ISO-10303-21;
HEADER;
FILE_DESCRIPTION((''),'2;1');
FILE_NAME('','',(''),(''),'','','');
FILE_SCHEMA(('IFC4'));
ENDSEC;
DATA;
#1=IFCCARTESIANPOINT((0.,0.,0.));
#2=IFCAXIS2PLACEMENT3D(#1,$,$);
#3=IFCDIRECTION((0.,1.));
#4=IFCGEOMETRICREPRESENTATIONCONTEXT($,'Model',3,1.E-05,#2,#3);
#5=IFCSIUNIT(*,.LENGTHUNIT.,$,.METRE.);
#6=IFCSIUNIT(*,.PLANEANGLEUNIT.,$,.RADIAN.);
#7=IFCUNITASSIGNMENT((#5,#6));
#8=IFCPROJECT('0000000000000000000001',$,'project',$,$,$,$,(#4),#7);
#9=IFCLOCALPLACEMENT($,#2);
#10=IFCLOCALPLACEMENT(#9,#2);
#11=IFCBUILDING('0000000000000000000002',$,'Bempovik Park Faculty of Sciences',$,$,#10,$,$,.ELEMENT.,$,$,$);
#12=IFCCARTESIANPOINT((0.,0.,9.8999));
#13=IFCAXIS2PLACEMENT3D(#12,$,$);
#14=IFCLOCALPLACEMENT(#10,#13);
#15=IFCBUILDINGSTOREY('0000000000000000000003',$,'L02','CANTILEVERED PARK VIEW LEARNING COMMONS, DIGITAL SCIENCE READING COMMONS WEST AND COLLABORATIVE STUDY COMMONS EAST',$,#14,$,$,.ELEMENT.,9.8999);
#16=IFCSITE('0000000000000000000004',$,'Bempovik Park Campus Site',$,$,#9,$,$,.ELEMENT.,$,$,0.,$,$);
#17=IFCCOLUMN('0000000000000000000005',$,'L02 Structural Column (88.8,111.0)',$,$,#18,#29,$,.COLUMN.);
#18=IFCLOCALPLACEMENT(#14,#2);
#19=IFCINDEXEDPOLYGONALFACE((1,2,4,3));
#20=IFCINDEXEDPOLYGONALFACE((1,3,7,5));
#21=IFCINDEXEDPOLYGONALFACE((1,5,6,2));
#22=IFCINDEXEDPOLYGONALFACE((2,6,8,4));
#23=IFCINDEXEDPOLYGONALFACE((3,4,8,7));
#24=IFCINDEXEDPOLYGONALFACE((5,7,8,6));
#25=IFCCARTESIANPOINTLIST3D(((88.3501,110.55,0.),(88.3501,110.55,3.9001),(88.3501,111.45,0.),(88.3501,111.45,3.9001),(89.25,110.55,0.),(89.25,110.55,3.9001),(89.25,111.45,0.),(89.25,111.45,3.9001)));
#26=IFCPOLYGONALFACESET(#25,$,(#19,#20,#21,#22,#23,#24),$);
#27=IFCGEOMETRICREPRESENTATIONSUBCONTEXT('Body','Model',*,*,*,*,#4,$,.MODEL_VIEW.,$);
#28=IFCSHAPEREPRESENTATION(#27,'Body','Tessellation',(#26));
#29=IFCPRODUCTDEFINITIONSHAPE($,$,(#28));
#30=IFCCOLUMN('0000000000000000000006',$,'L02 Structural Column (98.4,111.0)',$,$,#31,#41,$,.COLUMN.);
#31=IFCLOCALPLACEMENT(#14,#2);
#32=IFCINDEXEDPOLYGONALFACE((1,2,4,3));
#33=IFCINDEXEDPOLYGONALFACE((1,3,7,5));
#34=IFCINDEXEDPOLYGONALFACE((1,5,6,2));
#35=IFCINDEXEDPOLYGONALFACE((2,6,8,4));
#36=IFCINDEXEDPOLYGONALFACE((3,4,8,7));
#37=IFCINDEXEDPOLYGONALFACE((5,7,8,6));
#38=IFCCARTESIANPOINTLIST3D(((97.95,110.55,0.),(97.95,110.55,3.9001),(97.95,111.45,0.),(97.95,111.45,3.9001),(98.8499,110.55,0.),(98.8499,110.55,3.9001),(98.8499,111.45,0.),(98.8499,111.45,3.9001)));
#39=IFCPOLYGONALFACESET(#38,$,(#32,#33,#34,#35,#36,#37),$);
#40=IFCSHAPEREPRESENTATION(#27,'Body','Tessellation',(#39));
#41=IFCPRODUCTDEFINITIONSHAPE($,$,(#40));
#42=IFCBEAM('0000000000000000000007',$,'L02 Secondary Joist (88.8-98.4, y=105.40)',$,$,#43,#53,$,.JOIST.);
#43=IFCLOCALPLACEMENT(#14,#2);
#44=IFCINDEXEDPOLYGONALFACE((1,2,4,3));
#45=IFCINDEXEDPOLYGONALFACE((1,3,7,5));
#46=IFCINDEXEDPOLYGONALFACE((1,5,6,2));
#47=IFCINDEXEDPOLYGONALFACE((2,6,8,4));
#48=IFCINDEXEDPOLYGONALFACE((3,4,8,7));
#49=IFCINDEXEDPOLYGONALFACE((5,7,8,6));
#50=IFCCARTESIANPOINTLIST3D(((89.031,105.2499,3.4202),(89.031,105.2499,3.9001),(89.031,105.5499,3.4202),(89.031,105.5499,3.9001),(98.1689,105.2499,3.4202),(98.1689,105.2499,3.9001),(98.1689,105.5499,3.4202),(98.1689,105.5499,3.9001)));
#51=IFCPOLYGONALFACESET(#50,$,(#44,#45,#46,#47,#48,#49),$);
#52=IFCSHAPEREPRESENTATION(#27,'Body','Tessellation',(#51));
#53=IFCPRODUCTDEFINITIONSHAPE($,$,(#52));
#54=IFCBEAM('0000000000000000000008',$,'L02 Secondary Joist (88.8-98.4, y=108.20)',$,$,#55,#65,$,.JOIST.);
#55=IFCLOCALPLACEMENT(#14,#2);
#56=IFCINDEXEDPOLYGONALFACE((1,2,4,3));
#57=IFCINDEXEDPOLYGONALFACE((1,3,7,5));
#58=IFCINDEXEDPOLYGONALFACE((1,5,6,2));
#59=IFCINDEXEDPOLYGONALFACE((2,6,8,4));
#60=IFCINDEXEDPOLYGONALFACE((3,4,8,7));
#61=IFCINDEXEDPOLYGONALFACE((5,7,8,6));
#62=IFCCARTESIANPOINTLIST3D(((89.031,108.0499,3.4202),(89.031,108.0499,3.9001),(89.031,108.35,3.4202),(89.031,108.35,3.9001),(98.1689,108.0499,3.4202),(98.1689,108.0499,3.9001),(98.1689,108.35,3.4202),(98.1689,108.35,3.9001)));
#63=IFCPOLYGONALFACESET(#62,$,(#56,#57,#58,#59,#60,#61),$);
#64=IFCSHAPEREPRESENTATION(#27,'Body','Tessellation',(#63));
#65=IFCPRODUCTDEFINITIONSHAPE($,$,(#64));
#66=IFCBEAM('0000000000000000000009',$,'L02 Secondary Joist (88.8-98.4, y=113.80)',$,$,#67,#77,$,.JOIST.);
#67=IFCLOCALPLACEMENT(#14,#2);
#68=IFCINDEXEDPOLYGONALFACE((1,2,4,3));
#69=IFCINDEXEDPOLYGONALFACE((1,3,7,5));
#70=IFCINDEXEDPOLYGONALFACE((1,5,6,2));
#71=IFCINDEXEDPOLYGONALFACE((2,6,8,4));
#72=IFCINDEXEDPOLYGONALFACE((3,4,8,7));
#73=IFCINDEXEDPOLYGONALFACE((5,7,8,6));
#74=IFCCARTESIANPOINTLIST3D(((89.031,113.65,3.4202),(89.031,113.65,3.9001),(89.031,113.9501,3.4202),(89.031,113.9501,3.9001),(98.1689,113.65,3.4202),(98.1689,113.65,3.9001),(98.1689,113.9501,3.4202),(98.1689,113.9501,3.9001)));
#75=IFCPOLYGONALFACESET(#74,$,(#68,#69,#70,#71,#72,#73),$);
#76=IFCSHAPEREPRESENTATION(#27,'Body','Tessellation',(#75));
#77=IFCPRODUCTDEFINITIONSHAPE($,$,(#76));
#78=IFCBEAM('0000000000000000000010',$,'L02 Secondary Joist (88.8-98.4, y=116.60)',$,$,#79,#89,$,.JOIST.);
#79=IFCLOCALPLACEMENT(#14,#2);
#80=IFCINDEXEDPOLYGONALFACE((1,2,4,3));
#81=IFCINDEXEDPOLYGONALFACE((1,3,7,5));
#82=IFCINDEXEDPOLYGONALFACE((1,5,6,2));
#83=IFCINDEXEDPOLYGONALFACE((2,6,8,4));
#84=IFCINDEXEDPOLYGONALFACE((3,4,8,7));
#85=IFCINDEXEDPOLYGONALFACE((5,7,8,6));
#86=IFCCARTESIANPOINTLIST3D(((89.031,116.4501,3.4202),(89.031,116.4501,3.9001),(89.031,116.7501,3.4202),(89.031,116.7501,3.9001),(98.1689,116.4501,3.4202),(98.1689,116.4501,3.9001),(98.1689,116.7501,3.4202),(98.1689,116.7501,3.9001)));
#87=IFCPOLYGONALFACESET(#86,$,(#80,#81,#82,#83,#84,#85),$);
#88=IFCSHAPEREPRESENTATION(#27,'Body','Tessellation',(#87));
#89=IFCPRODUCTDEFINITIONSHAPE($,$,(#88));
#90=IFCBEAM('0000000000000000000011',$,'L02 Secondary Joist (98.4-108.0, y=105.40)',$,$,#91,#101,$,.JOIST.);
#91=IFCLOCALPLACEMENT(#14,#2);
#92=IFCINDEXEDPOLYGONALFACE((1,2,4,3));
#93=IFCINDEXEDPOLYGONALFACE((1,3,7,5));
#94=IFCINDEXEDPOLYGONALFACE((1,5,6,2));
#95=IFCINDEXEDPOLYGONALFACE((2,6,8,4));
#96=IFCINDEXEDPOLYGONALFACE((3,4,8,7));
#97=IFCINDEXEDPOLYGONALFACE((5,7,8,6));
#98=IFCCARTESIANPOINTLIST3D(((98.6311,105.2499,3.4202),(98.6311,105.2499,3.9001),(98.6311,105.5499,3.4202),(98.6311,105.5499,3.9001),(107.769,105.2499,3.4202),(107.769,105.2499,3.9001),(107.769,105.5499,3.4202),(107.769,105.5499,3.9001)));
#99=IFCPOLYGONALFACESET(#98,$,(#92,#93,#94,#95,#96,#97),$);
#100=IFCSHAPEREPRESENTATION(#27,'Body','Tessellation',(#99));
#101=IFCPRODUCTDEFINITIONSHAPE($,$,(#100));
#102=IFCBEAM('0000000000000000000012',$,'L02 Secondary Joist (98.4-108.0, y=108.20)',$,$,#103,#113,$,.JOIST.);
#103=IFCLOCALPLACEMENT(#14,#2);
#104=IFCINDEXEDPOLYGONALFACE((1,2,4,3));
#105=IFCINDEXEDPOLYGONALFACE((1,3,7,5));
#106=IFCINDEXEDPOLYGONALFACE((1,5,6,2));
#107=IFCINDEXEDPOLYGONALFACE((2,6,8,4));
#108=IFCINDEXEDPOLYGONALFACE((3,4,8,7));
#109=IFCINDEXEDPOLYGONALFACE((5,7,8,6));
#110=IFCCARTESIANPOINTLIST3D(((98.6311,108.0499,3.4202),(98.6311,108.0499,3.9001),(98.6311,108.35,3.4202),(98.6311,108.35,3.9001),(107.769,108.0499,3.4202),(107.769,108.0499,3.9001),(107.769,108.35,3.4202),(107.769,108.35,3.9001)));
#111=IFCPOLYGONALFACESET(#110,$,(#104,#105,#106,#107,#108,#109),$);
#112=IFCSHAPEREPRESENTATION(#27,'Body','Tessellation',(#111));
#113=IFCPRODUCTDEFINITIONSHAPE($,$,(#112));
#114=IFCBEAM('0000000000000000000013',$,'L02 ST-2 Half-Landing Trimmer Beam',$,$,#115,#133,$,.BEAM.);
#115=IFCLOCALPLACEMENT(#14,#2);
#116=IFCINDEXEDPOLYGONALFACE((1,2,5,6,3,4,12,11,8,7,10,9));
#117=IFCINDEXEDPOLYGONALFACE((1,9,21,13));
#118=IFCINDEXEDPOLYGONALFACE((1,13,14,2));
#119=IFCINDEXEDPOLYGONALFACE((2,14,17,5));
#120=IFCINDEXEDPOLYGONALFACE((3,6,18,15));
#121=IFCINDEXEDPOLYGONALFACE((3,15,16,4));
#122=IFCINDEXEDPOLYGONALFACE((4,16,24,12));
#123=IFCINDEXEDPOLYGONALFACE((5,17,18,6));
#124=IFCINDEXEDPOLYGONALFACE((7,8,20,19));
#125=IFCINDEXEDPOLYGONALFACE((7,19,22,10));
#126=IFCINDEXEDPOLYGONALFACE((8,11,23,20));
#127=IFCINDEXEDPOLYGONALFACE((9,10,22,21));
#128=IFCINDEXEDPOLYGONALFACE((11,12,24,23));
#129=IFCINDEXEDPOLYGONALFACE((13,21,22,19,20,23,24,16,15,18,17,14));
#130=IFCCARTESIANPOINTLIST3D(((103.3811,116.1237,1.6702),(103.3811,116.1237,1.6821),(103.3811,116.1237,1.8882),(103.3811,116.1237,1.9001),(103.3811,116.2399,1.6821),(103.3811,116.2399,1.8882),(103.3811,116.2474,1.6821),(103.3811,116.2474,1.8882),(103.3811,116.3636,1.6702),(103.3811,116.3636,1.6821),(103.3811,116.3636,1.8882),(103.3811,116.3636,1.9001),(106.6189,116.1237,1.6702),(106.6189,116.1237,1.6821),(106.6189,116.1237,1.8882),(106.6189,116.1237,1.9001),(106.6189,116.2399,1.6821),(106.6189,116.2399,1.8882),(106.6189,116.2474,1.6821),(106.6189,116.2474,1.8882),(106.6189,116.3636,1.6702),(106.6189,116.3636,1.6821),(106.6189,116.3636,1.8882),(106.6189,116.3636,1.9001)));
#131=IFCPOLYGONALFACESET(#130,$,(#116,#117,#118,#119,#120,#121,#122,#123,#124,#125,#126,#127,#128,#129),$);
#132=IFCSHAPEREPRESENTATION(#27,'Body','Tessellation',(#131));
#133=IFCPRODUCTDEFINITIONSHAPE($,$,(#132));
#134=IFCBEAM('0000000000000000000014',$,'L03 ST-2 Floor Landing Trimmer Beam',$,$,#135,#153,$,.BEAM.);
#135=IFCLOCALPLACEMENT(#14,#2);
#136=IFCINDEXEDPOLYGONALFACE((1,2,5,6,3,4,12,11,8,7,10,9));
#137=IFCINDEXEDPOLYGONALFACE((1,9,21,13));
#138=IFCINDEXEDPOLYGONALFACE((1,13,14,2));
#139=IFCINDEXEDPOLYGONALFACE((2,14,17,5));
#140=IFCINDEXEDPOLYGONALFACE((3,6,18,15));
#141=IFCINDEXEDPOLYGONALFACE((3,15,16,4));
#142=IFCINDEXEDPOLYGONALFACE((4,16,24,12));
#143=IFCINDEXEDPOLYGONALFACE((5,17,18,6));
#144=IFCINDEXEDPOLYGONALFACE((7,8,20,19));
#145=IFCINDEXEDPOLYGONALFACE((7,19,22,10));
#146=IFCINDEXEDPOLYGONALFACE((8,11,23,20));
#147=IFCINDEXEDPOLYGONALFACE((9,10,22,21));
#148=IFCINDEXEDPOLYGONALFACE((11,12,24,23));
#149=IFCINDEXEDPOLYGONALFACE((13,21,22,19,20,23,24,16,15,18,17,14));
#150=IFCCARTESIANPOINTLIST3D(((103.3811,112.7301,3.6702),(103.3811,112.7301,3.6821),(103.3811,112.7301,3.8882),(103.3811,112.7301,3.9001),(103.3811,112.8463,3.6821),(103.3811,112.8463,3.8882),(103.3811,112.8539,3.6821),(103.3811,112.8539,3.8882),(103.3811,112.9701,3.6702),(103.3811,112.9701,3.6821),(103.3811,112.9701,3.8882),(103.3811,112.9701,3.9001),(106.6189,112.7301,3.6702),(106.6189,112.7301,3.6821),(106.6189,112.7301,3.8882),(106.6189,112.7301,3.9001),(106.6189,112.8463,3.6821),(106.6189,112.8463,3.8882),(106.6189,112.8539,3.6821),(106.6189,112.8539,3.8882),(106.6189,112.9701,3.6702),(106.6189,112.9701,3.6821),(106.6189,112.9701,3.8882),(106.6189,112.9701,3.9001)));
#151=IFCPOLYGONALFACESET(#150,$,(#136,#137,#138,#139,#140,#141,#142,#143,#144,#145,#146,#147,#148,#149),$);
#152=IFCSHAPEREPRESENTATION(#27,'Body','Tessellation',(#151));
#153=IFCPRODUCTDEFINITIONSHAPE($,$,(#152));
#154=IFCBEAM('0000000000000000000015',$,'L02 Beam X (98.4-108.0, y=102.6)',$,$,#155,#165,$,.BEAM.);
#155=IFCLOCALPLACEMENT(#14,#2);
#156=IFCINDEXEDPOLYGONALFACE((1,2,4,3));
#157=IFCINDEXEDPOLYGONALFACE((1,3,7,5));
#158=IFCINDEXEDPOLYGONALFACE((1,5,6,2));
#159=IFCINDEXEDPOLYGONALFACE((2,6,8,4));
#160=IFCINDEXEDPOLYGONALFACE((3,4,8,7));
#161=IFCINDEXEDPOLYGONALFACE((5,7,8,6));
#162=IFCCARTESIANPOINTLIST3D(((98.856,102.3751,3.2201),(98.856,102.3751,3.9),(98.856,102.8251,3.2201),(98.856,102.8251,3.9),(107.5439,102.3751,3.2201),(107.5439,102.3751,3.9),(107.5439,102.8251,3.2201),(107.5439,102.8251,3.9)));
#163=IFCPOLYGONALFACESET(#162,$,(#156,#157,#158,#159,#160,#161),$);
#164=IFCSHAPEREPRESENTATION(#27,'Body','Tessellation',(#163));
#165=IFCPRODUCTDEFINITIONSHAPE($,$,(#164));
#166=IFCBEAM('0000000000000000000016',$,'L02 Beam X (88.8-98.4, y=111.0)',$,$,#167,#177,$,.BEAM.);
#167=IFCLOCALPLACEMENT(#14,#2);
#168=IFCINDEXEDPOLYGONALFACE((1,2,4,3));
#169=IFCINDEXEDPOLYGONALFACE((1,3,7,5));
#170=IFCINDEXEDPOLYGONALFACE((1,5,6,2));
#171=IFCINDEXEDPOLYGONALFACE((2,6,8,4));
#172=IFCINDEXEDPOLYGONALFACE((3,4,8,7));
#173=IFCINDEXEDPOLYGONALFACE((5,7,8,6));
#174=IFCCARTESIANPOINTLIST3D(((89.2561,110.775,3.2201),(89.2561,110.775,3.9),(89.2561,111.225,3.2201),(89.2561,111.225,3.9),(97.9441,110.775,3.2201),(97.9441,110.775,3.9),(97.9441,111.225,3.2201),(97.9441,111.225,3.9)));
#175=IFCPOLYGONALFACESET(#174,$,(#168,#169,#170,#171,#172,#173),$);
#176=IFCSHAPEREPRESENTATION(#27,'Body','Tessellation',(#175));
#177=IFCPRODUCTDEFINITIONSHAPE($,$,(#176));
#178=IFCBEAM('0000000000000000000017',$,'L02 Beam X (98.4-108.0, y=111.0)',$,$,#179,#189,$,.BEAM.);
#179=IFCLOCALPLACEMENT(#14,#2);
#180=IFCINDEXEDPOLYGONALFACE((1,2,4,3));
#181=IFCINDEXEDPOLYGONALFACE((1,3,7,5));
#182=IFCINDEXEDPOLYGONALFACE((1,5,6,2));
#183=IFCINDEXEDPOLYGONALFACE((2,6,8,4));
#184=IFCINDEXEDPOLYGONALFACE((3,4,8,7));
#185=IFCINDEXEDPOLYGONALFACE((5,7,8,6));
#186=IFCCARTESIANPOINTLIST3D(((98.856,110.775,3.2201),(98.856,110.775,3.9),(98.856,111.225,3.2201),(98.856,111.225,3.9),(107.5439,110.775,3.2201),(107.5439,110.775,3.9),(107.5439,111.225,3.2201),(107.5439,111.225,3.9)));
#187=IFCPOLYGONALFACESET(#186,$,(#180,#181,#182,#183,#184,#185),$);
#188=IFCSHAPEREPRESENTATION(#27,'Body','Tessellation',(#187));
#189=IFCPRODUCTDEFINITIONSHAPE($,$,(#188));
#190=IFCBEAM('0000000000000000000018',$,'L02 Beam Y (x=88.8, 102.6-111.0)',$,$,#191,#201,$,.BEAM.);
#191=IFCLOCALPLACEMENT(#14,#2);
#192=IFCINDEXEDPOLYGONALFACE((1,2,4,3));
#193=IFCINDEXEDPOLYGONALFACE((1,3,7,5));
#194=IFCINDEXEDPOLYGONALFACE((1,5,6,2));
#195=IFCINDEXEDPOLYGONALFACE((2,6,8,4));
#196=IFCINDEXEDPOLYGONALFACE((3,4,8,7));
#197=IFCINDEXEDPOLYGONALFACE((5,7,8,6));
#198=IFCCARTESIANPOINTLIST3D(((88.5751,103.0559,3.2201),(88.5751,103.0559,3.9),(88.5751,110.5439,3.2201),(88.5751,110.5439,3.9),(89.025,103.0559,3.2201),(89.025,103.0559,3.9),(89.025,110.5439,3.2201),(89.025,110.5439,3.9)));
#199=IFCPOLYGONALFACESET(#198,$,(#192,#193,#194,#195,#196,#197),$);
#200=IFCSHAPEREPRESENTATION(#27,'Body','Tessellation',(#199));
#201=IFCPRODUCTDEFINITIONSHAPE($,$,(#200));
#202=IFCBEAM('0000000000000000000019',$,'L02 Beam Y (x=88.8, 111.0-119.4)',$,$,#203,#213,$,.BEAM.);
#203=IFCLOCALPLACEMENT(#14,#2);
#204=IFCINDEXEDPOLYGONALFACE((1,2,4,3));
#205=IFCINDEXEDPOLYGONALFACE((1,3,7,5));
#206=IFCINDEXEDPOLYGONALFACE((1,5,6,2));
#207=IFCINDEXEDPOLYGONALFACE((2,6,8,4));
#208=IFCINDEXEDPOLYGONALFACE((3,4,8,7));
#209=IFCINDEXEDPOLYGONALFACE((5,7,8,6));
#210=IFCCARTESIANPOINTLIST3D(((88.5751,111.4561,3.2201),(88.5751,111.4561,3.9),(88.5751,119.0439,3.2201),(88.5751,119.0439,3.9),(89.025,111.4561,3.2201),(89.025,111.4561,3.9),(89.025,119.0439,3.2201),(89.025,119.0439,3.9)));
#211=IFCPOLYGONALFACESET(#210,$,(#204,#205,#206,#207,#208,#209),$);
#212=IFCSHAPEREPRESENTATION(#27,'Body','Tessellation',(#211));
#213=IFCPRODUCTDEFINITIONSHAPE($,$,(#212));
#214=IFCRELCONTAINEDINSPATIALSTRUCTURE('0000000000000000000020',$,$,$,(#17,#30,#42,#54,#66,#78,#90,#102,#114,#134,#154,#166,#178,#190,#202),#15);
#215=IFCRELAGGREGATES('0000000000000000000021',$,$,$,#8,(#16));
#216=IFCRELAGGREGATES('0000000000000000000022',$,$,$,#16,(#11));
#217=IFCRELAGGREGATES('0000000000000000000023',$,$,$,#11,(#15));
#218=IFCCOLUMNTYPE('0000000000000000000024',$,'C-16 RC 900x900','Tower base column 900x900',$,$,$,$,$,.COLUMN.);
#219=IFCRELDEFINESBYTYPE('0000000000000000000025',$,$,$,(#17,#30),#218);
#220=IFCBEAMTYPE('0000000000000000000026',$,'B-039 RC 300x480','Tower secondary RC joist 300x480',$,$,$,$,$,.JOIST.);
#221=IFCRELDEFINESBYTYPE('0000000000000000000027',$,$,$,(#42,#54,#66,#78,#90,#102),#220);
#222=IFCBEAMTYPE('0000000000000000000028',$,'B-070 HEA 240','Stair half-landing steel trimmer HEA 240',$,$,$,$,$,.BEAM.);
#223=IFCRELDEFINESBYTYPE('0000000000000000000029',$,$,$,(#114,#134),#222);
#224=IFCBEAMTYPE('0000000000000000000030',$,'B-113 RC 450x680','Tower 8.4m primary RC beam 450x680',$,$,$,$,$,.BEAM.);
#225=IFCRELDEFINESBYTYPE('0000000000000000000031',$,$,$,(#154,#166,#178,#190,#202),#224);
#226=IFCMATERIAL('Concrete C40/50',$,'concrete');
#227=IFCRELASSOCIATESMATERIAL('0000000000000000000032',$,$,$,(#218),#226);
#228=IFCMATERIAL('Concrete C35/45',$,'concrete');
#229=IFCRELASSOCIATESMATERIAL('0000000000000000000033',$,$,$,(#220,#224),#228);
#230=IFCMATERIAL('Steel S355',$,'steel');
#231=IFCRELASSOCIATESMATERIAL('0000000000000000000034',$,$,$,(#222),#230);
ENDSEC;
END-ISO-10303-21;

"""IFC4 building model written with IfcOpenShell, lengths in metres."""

from ifc_helpers import new_model, si_unit, direction, frame, origin, origin_2d, place, context, subcontext, project, spatial, rectangle, i_section, extrude, material, material_profile, profile_set, type_object, element, save


model = new_model("IFC4")

# Units and contexts
model_context = context("Model", 3, precision=1e-05, world=origin(), true_north=direction((0.0, 1.0)))
body_context = subcontext(model_context, "Body", "Model", "MODEL_VIEW")
ifc_project = project(units=[si_unit("LENGTHUNIT", "METRE"), si_unit("PLANEANGLEUNIT", "RADIAN")], contexts=[model_context])

# Site, building, storey
site_placement = place(None, origin())
site = spatial("IfcSite", under=ifc_project, at=site_placement, Name="Bempovik Park Campus Site", CompositionType="ELEMENT", RefElevation=0.0)
building_placement = place(site_placement, origin())
building = spatial("IfcBuilding", under=site, at=building_placement, Name="Bempovik Park Faculty of Sciences", CompositionType="ELEMENT")
storey_placement = place(building_placement, frame((0.0, 0.0, 9.8999)))
storey = spatial("IfcBuildingStorey", under=building, at=storey_placement, Name="L02", Description="CANTILEVERED PARK VIEW LEARNING COMMONS, DIGITAL SCIENCE READING COMMONS WEST AND COLLABORATIVE STUDY COMMONS EAST", CompositionType="ELEMENT", Elevation=9.8999)

# Columns
ifc_material_1 = material(Name="Concrete C40/50", Category="concrete")
ifc_material_profile_1 = material_profile(ifc_material_1, rectangle(XDim=0.8999, YDim=0.8999, at=origin_2d()), Name="RC 900x900")
ifc_profile_set_1 = profile_set([ifc_material_profile_1], Name="Concrete C40/50")
column_type = type_object("IfcColumnType", Name="C-16 RC 900x900", Description="Tower base column 900x900", PredefinedType="COLUMN", material=ifc_profile_set_1)
for number, where, z_axis, x_axis, name in (
    (1, (88.8, 111.0, 0.0), (0.0, 0.0, 1.0), (1.0, 0.0, 0.0), "L02 Structural Column (88.8,111.0)"),
    (2, (98.3999, 111.0, 0.0), (0.0, 0.0, 1.0), (1.0, 0.0, 0.0), "L02 Structural Column (98.4,111.0)"),
):
    element("IfcColumn", number, at=place(storey_placement, frame(where, z_axis=z_axis, x_axis=x_axis)), inside=storey, type_object=column_type, Name=name, PredefinedType="COLUMN", context=body_context, shape_type="SweptSolid", body=[
        extrude(rectangle(XDim=0.8999, YDim=0.8999, at=origin_2d()), origin(), (0.0, 0.0, 1.0), 3.9001),
    ])

# Beams
ifc_material_2 = material(Name="Concrete C35/45", Category="concrete")
ifc_material_profile_2 = material_profile(ifc_material_2, rectangle(XDim=0.3, YDim=0.48, at=origin_2d()), Name="RC 300x480")
ifc_profile_set_2 = profile_set([ifc_material_profile_2], Name="Concrete C35/45")
beam_type_1 = type_object("IfcBeamType", Name="B-039 RC 300x480", Description="Tower secondary RC joist 300x480", PredefinedType="JOIST", material=ifc_profile_set_2)
for number, where, z_axis, x_axis, name in (
    (3, (89.031, 105.3999, 3.6602), (1.0, 0.0, 0.0), (0.0, 1.0, 0.0), "L02 Secondary Joist (88.8-98.4, y=105.40)"),
    (4, (89.031, 108.2, 3.6602), (1.0, 0.0, 0.0), (0.0, 1.0, 0.0), "L02 Secondary Joist (88.8-98.4, y=108.20)"),
    (5, (89.031, 113.8, 3.6602), (1.0, 0.0, 0.0), (0.0, 1.0, 0.0), "L02 Secondary Joist (88.8-98.4, y=113.80)"),
    (6, (89.031, 116.6001, 3.6602), (1.0, 0.0, 0.0), (0.0, 1.0, 0.0), "L02 Secondary Joist (88.8-98.4, y=116.60)"),
    (7, (98.6311, 105.3999, 3.6602), (1.0, 0.0, 0.0), (0.0, 1.0, 0.0), "L02 Secondary Joist (98.4-108.0, y=105.40)"),
    (8, (98.6311, 108.2, 3.6602), (1.0, 0.0, 0.0), (0.0, 1.0, 0.0), "L02 Secondary Joist (98.4-108.0, y=108.20)"),
):
    element("IfcBeam", number, at=place(storey_placement, frame(where, z_axis=z_axis, x_axis=x_axis)), inside=storey, type_object=beam_type_1, Name=name, PredefinedType="JOIST", context=body_context, shape_type="SweptSolid", body=[
        extrude(rectangle(XDim=0.3, YDim=0.48, at=origin_2d()), origin(), (0.0, 0.0, 1.0), 9.1379),
    ])
ifc_material_3 = material(Name="Steel S355", Category="steel")
ifc_material_profile_3 = material_profile(ifc_material_3, i_section(OverallWidth=0.24, OverallDepth=0.23, WebThickness=0.0076, FlangeThickness=0.012, at=origin_2d()), Name="HEA 240")
ifc_profile_set_3 = profile_set([ifc_material_profile_3], Name="Steel S355")
beam_type_2 = type_object("IfcBeamType", Name="B-070 HEA 240", Description="Stair half-landing steel trimmer HEA 240", PredefinedType="BEAM", material=ifc_profile_set_3)
for number, where, z_axis, x_axis, name in (
    (9, (103.3811, 116.2437, 1.7852), (1.0, 0.0, 0.0), (0.0, 1.0, 0.0), "L02 ST-2 Half-Landing Trimmer Beam"),
    (10, (103.3811, 112.8501, 3.7852), (1.0, 0.0, 0.0), (0.0, 1.0, 0.0), "L03 ST-2 Floor Landing Trimmer Beam"),
):
    element("IfcBeam", number, at=place(storey_placement, frame(where, z_axis=z_axis, x_axis=x_axis)), inside=storey, type_object=beam_type_2, Name=name, PredefinedType="BEAM", context=body_context, shape_type="SweptSolid", body=[
        extrude(i_section(OverallWidth=0.24, OverallDepth=0.23, WebThickness=0.0076, FlangeThickness=0.012, at=origin_2d()), origin(), (0.0, 0.0, 1.0), 3.2378),
    ])
ifc_material_profile_4 = material_profile(ifc_material_2, rectangle(XDim=0.45, YDim=0.6799, at=origin_2d()), Name="RC 450x680")
ifc_profile_set_4 = profile_set([ifc_material_profile_4], Name="Concrete C35/45")
beam_type_3 = type_object("IfcBeamType", Name="B-113 RC 450x680", Description="Tower 8.4m primary RC beam 450x680", PredefinedType="BEAM", material=ifc_profile_set_4)
for number, where, z_axis, x_axis, name in (
    (11, (98.856, 102.6001, 3.5601), (1.0, 0.0, 0.0), (0.0, 1.0, 0.0), "L02 Beam X (98.4-108.0, y=102.6)"),
    (12, (89.2561, 111.0, 3.5601), (1.0, 0.0, 0.0), (0.0, 1.0, 0.0), "L02 Beam X (88.8-98.4, y=111.0)"),
    (13, (98.856, 111.0, 3.5601), (1.0, 0.0, 0.0), (0.0, 1.0, 0.0), "L02 Beam X (98.4-108.0, y=111.0)"),
):
    element("IfcBeam", number, at=place(storey_placement, frame(where, z_axis=z_axis, x_axis=x_axis)), inside=storey, type_object=beam_type_3, Name=name, PredefinedType="BEAM", context=body_context, shape_type="SweptSolid", body=[
        extrude(rectangle(XDim=0.45, YDim=0.6799, at=origin_2d()), origin(), (0.0, 0.0, 1.0), 8.688),
    ])
beam_1_placement = place(storey_placement, frame((88.8, 103.0559, 3.5601), z_axis=(0.0, 1.0, 0.0), x_axis=(-1.0, 0.0, 0.0)))
element("IfcBeam", 14, at=beam_1_placement, inside=storey, type_object=beam_type_3, Name="L02 Beam Y (x=88.8, 102.6-111.0)", PredefinedType="BEAM", context=body_context, shape_type="SweptSolid", body=[
    extrude(rectangle(XDim=0.45, YDim=0.6799, at=origin_2d()), origin(), (0.0, 0.0, 1.0), 7.488),
])
beam_2_placement = place(storey_placement, frame((88.8, 111.4561, 3.5601), z_axis=(0.0, 1.0, 0.0), x_axis=(-1.0, 0.0, 0.0)))
element("IfcBeam", 15, at=beam_2_placement, inside=storey, type_object=beam_type_3, Name="L02 Beam Y (x=88.8, 111.0-119.4)", PredefinedType="BEAM", context=body_context, shape_type="SweptSolid", body=[
    extrude(rectangle(XDim=0.45, YDim=0.6799, at=origin_2d()), origin(), (0.0, 0.0, 1.0), 7.5879),
])

save(model, "model.ifc")
